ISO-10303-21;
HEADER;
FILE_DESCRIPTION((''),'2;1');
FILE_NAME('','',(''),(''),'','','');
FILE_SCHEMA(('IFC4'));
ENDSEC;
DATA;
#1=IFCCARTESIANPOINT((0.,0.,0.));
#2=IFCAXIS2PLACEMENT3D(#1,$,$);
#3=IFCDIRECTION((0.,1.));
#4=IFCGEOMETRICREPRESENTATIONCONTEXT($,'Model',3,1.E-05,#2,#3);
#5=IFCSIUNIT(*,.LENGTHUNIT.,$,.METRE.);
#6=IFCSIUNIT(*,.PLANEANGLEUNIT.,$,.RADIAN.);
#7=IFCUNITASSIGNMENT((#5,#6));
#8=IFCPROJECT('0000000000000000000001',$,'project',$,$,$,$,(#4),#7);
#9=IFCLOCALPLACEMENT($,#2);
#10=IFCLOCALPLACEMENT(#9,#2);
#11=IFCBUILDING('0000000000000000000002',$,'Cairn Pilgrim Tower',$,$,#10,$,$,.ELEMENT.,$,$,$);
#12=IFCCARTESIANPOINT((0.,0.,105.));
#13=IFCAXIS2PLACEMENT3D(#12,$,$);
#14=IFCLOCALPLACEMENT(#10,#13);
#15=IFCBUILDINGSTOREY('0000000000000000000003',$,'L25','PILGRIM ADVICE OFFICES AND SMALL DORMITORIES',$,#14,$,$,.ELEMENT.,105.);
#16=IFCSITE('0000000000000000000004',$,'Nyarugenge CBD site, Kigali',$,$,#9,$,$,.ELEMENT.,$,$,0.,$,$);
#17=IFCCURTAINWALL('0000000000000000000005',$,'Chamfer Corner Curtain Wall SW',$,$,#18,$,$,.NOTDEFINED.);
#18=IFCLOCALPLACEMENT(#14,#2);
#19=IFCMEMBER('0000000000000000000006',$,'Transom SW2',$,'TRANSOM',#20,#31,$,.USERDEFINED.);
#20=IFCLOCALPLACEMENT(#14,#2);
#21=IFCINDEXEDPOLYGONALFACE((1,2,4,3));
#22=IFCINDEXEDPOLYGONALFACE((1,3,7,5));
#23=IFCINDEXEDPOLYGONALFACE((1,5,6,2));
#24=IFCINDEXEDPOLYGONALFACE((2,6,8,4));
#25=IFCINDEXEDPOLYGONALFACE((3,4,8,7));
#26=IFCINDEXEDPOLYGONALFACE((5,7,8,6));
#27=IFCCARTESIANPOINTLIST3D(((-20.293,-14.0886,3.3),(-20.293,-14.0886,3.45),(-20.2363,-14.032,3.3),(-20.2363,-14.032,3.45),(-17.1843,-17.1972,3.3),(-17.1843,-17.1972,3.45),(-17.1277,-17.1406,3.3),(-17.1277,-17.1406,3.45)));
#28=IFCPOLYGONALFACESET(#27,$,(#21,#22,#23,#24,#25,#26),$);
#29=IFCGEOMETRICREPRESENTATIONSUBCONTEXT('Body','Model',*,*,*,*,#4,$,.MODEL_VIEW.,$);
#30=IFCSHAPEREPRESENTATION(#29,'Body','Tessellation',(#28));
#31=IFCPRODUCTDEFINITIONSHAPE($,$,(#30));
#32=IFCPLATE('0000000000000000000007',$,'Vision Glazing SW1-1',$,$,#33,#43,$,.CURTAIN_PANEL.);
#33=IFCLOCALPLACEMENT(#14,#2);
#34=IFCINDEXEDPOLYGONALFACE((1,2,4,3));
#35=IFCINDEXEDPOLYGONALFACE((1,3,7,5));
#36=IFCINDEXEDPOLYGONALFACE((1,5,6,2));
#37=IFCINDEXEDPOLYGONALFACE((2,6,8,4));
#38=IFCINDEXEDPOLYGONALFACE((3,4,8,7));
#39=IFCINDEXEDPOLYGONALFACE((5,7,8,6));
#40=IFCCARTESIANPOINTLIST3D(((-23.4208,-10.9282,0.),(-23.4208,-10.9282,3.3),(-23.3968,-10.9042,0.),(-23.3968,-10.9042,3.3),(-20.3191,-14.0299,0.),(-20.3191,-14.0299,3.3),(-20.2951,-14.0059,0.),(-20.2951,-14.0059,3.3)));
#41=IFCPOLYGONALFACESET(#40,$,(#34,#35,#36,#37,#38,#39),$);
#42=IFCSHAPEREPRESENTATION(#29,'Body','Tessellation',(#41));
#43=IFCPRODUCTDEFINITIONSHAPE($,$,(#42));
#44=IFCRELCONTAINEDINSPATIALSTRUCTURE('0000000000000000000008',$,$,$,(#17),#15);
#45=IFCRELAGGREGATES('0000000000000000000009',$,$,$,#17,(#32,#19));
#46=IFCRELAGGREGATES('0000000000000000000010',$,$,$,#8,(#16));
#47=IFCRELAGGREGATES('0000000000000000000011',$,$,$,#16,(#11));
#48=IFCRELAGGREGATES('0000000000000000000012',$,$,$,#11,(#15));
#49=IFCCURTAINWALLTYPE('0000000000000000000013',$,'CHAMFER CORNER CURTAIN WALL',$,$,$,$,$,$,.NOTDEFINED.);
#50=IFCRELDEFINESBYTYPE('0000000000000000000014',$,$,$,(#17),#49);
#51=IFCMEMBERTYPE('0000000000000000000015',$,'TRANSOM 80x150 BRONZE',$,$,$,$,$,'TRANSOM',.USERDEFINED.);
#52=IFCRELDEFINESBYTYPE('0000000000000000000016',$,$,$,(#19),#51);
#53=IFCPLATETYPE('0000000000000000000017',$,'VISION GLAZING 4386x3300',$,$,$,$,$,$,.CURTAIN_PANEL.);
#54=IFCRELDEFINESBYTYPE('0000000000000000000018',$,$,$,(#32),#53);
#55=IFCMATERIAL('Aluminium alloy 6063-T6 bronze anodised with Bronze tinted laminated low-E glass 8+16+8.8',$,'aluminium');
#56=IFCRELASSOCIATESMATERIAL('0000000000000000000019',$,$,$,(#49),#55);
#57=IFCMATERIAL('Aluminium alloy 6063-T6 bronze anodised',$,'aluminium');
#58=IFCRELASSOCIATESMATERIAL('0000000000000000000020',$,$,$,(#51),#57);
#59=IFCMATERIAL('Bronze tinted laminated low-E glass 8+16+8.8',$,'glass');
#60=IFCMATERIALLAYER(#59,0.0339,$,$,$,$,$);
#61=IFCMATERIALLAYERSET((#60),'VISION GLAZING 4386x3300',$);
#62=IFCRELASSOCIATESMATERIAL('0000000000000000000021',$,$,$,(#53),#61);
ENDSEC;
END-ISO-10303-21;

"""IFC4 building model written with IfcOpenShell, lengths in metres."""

from ifc_helpers import new_model, si_unit, direction, frame, origin, origin_2d, place, context, subcontext, project, spatial, rectangle, extrude, material, layer, layer_set, material_profile, profile_set, type_object, element, aggregate, save


model = new_model("IFC4")

# Units and contexts
model_context = context("Model", 3, precision=1e-05, world=origin(), true_north=direction((0.0, 1.0)))
body_context = subcontext(model_context, "Body", "Model", "MODEL_VIEW")
ifc_project = project(units=[si_unit("LENGTHUNIT", "METRE"), si_unit("PLANEANGLEUNIT", "RADIAN")], contexts=[model_context])

# Site, building, storey
site_placement = place(None, origin())
site = spatial("IfcSite", under=ifc_project, at=site_placement, Name="Nyarugenge CBD site, Kigali", CompositionType="ELEMENT", RefElevation=0.0)
building_placement = place(site_placement, origin())
building = spatial("IfcBuilding", under=site, at=building_placement, Name="Cairn Pilgrim Tower", CompositionType="ELEMENT")
storey_placement = place(building_placement, frame((0.0, 0.0, 105.0)))
storey = spatial("IfcBuildingStorey", under=building, at=storey_placement, Name="L25", Description="PILGRIM ADVICE OFFICES AND SMALL DORMITORIES", CompositionType="ELEMENT", Elevation=105.0)

# Curtain wall, member, plate
ifc_material_1 = material(Name="Aluminium alloy 6063-T6 bronze anodised with Bronze tinted laminated low-E glass 8+16+8.8", Category="aluminium")
curtain_wall_type = type_object("IfcCurtainWallType", Name="CHAMFER CORNER CURTAIN WALL", PredefinedType="NOTDEFINED", material=ifc_material_1)
curtain_wall_placement = place(storey_placement, origin())
curtain_wall = element("IfcCurtainWall", 1, at=curtain_wall_placement, inside=storey, type_object=curtain_wall_type, Name="Chamfer Corner Curtain Wall SW", PredefinedType="NOTDEFINED")
ifc_material_2 = material(Name="Aluminium alloy 6063-T6 bronze anodised", Category="aluminium")
ifc_material_profile = material_profile(ifc_material_2, rectangle(XDim=0.0801, YDim=0.1499, at=origin_2d()), Name="TRANSOM 80x150 BRONZE")
ifc_profile_set = profile_set([ifc_material_profile], Name="Aluminium alloy 6063-T6 bronze anodised")
member_type = type_object("IfcMemberType", Name="TRANSOM 80x150 BRONZE", ElementType="TRANSOM", PredefinedType="USERDEFINED", material=ifc_profile_set)
member_placement = place(storey_placement, frame((-20.2646, -14.0603, 3.375), z_axis=(0.707107, -0.707107, 0.0), x_axis=(0.707107, 0.707107, 0.0)))
member = element("IfcMember", 2, at=member_placement, type_object=member_type, Name="Transom SW2", ObjectType="TRANSOM", PredefinedType="USERDEFINED", context=body_context, shape_type="SweptSolid", body=[
    extrude(rectangle(XDim=0.0801, YDim=0.1499, at=origin_2d()), origin(), (0.0, 0.0, 1.0), 4.3962),
])
ifc_material_3 = material(Name="Bronze tinted laminated low-E glass 8+16+8.8", Category="glass")
ifc_layer_1 = layer(ifc_material_3, 0.0339)
ifc_layer_set_1 = layer_set([ifc_layer_1], Name="VISION GLAZING 4386x3300")
plate_type = type_object("IfcPlateType", Name="VISION GLAZING 4386x3300", PredefinedType="CURTAIN_PANEL", material=ifc_layer_set_1)
plate_placement = place(storey_placement, frame((-21.8579, -12.467, 0.0), z_axis=(0.0, 0.0, 1.0), x_axis=(0.707107, -0.707107, 0.0)))
plate = element("IfcPlate", 3, at=plate_placement, type_object=plate_type, Name="Vision Glazing SW1-1", PredefinedType="CURTAIN_PANEL", context=body_context, shape_type="SweptSolid", body=[
    extrude(rectangle(XDim=4.3865, YDim=0.0339, at=origin_2d()), origin(), (0.0, 0.0, 1.0), 3.3),
])
aggregate(curtain_wall, [plate, member])

save(model, "model.ifc")
